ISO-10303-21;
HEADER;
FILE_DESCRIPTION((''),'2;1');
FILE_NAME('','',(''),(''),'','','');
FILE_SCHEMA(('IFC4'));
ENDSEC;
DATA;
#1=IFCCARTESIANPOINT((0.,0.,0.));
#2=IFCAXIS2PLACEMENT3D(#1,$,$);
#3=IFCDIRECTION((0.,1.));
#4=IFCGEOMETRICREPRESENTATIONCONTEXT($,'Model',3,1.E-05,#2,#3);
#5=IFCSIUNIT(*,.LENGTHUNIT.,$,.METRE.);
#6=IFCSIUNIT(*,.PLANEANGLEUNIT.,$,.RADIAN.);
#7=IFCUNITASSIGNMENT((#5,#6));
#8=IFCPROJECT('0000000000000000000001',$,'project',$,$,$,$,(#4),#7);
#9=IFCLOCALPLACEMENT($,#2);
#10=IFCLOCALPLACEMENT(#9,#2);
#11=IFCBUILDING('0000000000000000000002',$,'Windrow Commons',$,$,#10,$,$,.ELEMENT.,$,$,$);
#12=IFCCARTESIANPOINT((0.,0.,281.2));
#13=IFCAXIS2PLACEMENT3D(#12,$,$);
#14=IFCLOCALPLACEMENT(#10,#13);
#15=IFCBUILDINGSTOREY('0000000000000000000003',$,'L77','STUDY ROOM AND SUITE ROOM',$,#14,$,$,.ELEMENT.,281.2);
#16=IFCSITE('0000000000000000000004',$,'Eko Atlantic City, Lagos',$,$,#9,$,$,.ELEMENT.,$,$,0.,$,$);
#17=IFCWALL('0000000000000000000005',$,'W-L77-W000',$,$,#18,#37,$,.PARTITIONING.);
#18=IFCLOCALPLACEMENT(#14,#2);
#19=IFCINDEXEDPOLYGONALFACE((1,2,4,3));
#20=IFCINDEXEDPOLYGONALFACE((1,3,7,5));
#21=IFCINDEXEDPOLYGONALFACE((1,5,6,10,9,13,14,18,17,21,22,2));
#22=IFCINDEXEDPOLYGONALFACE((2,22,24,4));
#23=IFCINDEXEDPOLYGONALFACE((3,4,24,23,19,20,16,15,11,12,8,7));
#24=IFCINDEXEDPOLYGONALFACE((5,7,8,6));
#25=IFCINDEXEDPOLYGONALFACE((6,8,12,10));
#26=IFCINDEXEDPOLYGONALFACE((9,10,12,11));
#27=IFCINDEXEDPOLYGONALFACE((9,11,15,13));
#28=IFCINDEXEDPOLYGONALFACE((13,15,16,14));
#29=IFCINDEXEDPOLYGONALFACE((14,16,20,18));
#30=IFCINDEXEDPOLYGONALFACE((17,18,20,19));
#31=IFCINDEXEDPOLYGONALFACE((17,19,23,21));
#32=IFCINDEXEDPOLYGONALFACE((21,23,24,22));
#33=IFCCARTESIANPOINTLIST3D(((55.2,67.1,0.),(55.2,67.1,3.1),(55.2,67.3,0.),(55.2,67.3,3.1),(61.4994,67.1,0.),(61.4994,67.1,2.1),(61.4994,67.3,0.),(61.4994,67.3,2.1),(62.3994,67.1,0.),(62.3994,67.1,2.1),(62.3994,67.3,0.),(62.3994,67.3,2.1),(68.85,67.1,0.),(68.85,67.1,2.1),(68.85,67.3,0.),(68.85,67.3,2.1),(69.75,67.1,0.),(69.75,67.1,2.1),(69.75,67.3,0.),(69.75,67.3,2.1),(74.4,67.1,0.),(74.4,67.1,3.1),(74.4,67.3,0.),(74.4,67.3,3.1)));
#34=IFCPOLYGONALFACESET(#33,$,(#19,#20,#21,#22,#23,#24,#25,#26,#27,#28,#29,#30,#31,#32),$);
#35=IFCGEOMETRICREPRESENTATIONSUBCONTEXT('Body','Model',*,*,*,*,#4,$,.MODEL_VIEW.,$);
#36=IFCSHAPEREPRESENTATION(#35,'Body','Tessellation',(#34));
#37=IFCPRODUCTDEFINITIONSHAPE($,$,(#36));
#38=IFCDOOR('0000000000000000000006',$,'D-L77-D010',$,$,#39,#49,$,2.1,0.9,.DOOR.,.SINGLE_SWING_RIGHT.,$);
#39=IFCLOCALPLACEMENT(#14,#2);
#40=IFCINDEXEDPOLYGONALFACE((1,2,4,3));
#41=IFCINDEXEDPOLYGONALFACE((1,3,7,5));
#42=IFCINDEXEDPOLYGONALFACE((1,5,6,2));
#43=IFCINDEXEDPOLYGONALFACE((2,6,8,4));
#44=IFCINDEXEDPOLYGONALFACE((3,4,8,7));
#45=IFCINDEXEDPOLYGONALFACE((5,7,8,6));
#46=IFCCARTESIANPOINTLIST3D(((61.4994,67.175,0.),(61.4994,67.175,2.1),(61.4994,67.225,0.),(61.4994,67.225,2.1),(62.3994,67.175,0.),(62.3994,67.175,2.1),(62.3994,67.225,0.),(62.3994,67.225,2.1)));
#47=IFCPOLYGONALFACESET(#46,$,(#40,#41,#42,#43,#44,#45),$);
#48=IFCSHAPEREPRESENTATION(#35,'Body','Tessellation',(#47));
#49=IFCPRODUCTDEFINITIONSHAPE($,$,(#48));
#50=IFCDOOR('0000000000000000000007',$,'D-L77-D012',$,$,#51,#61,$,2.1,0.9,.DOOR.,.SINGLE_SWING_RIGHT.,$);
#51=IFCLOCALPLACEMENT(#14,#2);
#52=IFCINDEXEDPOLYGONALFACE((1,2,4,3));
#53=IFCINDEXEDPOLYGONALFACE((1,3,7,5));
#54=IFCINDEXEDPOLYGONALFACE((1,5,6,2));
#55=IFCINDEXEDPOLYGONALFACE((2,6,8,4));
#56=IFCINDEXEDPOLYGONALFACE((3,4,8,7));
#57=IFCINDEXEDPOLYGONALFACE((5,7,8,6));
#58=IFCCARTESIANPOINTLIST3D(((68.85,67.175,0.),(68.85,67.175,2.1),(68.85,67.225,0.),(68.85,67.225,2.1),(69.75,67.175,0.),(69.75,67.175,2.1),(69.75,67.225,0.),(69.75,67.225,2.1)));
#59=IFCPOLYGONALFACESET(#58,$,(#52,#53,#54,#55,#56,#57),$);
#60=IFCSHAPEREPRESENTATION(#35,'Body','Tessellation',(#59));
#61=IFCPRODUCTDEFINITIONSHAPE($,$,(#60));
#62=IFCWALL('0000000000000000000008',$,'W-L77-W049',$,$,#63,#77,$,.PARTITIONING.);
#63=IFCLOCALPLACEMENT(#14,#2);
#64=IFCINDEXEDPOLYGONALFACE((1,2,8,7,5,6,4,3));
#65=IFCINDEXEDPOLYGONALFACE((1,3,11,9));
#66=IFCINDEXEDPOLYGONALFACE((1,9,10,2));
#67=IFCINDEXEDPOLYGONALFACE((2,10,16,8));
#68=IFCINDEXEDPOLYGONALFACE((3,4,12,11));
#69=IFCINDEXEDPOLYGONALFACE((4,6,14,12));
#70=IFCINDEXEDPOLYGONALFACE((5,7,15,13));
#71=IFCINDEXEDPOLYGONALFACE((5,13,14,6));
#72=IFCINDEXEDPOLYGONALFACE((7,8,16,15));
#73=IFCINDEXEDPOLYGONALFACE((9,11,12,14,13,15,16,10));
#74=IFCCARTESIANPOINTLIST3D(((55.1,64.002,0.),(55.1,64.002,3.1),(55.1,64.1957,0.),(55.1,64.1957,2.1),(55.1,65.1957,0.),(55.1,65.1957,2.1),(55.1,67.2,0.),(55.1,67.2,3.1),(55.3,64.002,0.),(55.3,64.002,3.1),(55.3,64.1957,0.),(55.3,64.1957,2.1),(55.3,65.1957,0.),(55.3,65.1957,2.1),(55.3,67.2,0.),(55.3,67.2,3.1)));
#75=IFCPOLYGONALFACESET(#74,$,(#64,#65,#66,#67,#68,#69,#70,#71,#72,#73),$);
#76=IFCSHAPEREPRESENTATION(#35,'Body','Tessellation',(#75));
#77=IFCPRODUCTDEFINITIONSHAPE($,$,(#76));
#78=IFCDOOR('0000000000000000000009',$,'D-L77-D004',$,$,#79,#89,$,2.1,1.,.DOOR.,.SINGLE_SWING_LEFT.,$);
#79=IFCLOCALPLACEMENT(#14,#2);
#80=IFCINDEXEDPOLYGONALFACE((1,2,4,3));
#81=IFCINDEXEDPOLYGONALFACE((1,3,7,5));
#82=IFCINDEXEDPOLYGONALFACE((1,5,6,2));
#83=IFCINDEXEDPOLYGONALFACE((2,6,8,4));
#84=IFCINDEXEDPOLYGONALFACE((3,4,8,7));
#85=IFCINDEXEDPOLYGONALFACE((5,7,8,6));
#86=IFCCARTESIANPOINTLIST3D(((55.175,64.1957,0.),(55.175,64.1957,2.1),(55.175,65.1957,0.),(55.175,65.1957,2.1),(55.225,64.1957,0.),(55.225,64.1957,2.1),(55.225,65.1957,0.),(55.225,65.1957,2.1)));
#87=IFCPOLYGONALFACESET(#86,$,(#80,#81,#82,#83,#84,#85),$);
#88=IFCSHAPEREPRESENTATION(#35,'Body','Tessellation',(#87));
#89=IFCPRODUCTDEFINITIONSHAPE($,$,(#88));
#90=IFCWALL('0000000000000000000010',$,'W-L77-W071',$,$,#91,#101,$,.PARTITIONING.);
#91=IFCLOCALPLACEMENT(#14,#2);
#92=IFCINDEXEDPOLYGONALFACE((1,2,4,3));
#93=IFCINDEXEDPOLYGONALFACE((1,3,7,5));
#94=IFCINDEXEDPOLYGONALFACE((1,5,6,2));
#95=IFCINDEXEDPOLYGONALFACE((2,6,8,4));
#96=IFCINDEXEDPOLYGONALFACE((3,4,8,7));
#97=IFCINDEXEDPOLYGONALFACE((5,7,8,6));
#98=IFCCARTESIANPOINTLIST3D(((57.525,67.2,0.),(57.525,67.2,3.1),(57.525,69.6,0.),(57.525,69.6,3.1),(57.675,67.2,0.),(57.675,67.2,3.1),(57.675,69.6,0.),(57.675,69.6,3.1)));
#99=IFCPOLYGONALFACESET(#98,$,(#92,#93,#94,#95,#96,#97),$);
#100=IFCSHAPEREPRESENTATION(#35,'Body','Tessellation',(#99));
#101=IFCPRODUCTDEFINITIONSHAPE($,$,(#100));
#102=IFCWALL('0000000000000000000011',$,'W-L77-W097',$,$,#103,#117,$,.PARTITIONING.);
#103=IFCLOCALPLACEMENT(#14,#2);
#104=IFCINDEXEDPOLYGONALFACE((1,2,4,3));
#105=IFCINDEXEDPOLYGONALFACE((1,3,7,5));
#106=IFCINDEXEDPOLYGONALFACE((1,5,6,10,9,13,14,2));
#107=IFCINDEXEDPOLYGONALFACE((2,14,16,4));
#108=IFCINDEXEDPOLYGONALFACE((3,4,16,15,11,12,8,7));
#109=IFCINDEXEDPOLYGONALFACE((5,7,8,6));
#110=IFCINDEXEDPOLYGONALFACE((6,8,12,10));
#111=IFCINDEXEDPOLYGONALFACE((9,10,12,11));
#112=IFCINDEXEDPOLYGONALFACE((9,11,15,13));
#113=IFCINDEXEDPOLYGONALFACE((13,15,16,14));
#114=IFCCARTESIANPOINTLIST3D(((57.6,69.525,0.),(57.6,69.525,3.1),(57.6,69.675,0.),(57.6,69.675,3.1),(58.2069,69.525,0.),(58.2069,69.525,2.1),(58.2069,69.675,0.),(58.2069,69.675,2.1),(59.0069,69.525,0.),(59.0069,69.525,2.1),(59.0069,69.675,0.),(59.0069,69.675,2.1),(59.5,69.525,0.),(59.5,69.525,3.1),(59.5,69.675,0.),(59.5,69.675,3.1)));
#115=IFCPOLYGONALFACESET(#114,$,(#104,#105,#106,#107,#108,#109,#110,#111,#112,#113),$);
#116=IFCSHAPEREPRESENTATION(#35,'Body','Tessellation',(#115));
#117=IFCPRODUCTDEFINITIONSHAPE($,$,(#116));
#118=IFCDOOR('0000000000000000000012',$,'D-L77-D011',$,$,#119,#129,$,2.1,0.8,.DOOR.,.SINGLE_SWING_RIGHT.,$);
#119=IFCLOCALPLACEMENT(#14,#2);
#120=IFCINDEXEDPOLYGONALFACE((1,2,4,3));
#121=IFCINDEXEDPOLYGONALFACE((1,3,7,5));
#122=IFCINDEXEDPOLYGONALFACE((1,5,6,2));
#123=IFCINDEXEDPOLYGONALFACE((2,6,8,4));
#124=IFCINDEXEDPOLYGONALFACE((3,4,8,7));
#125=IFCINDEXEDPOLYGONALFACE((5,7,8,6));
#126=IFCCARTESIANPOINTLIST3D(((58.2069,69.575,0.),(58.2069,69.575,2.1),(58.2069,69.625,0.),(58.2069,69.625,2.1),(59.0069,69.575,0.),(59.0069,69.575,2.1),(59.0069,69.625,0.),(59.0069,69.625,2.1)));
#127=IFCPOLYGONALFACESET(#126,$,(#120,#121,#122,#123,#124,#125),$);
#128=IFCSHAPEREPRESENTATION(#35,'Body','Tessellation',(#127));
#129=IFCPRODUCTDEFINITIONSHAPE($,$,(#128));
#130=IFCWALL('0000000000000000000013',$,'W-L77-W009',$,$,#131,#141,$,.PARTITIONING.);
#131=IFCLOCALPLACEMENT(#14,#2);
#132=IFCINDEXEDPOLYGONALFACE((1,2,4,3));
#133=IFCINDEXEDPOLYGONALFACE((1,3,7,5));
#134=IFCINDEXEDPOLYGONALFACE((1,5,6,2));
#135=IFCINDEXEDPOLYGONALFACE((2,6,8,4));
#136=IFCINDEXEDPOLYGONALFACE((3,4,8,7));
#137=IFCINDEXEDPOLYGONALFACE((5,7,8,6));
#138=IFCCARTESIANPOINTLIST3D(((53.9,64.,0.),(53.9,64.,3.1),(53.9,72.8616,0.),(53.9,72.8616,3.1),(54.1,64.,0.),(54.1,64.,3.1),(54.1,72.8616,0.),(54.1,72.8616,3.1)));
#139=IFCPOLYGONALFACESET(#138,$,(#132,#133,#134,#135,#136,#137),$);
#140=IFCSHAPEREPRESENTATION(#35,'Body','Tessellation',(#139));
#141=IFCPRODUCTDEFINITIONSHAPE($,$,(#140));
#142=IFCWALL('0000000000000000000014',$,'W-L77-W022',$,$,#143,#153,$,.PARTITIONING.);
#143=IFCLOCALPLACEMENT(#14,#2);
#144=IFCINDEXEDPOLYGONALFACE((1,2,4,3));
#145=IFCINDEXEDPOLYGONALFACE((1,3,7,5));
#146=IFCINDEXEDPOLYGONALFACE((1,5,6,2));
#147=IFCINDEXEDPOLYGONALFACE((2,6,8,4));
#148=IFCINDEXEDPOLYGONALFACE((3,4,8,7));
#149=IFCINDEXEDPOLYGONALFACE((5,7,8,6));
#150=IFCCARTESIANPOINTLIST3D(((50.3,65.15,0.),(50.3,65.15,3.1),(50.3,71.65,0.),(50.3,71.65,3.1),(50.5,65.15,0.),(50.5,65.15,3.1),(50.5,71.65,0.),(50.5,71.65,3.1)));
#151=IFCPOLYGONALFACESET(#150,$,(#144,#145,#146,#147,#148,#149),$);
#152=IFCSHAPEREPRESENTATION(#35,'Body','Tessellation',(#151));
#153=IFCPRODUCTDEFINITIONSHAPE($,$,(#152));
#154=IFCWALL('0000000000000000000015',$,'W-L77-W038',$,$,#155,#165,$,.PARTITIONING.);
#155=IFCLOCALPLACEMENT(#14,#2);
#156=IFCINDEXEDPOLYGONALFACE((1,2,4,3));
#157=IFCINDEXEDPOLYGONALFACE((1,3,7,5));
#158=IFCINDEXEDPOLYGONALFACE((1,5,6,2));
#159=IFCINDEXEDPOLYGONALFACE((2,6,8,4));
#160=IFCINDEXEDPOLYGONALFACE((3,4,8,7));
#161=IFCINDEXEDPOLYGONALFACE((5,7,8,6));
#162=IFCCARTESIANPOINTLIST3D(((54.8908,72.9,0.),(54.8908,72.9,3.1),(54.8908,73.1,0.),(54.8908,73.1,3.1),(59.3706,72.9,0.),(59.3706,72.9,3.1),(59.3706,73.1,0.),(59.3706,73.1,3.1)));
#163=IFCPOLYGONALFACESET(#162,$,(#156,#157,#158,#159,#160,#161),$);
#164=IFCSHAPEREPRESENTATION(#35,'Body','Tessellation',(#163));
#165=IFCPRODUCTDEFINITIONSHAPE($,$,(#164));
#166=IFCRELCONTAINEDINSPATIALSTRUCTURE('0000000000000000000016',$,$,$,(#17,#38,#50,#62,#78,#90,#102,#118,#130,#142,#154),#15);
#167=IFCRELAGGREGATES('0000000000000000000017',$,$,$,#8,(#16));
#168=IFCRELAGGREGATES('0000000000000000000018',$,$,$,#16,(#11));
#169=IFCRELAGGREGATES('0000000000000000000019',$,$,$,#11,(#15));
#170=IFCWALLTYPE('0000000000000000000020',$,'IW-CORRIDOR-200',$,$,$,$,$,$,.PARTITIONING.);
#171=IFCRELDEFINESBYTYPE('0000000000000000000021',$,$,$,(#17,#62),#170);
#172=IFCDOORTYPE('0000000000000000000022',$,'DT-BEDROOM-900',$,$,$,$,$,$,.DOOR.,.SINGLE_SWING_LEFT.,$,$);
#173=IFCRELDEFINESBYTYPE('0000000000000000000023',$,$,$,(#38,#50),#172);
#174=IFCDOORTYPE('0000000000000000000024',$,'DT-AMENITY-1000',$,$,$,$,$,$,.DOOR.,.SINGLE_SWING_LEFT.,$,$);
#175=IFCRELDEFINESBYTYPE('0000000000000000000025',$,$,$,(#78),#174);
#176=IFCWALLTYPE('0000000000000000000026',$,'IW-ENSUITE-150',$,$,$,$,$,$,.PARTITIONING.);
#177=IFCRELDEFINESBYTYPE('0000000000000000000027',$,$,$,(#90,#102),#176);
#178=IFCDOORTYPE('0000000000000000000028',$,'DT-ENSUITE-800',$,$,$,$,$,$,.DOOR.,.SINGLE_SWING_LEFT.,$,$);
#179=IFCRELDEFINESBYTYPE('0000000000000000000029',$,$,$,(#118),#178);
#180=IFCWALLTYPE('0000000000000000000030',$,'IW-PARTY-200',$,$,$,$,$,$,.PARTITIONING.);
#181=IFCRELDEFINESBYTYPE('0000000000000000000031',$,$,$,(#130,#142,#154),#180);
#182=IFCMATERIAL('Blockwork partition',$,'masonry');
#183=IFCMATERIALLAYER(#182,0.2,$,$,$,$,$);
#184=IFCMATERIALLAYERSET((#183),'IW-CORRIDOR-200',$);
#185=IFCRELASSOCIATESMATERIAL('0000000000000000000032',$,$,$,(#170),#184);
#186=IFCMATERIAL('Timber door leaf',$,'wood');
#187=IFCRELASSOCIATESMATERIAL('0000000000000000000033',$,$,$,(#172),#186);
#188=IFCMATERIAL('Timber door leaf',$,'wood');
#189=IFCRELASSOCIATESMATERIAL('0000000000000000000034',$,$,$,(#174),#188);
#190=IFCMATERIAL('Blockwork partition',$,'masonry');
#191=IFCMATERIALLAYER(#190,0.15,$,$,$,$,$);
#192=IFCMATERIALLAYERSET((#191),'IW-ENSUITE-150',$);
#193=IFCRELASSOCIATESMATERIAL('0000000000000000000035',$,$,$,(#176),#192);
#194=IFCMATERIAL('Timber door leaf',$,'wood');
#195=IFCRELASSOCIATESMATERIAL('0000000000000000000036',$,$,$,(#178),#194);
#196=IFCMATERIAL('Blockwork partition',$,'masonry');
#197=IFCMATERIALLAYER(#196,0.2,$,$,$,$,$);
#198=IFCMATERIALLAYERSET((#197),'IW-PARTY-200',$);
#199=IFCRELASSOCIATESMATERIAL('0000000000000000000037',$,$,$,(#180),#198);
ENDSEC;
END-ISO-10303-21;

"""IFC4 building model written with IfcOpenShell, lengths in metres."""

from ifc_helpers import new_model, si_unit, direction, frame, frame_2d, origin, place, context, subcontext, project, spatial, rectangle, extrude, material, layer, layer_set, type_object, element, fill, save


model = new_model("IFC4")

# Units and contexts
model_context = context("Model", 3, precision=1e-05, world=origin(), true_north=direction((0.0, 1.0)))
body_context = subcontext(model_context, "Body", "Model", "MODEL_VIEW")
ifc_project = project(units=[si_unit("LENGTHUNIT", "METRE"), si_unit("PLANEANGLEUNIT", "RADIAN")], contexts=[model_context])

# Site, building, storey
site_placement = place(None, origin())
site = spatial("IfcSite", under=ifc_project, at=site_placement, Name="Eko Atlantic City, Lagos", CompositionType="ELEMENT", RefElevation=0.0)
building_placement = place(site_placement, origin())
building = spatial("IfcBuilding", under=site, at=building_placement, Name="Windrow Commons", CompositionType="ELEMENT")
storey_placement = place(building_placement, frame((0.0, 0.0, 281.2)))
storey = spatial("IfcBuildingStorey", under=building, at=storey_placement, Name="L77", Description="STUDY ROOM AND SUITE ROOM", CompositionType="ELEMENT", Elevation=281.2)

# Wall, openings, doors
ifc_material_1 = material(Name="Blockwork partition", Category="masonry")
ifc_layer_1 = layer(ifc_material_1, 0.2)
ifc_layer_set_1 = layer_set([ifc_layer_1], Name="IW-CORRIDOR-200")
wall_type_1 = type_object("IfcWallType", Name="IW-CORRIDOR-200", PredefinedType="PARTITIONING", material=ifc_layer_set_1)
wall_1_placement = place(storey_placement, frame((55.2, 67.2, 0.0), z_axis=(0.0, 0.0, 1.0), x_axis=(1.0, 0.0, 0.0)))
wall_1 = element("IfcWall", 1, at=wall_1_placement, inside=storey, type_object=wall_type_1, Name="W-L77-W000", PredefinedType="PARTITIONING", context=body_context, shape_type="SweptSolid", body=[
    extrude(rectangle(XDim=19.2, YDim=0.2, at=frame_2d((9.6, 0.0))), origin(), (0.0, 0.0, 1.0), 3.1),
])
opening_1_placement = place(wall_1_placement, frame((6.2994, 0.0, 0.0)))
opening_1 = element("IfcOpeningElement", 2, at=opening_1_placement, cuts=wall_1, PredefinedType="OPENING", context=body_context, shape_type="SweptSolid", body=[
    extrude(rectangle(XDim=0.9, YDim=2.1, at=frame_2d((0.45, 1.05))), frame((0.0, 0.11, 0.0), z_axis=(0.0, -1.0, 0.0), x_axis=(1.0, 0.0, 0.0)), (0.0, 0.0, 1.0), 0.22),
])
opening_2_placement = place(wall_1_placement, frame((13.65, 0.0, 0.0)))
opening_2 = element("IfcOpeningElement", 3, at=opening_2_placement, cuts=wall_1, PredefinedType="OPENING", context=body_context, shape_type="SweptSolid", body=[
    extrude(rectangle(XDim=0.9, YDim=2.1, at=frame_2d((0.45, 1.05))), frame((0.0, 0.11, 0.0), z_axis=(0.0, -1.0, 0.0), x_axis=(1.0, 0.0, 0.0)), (0.0, 0.0, 1.0), 0.22),
])
ifc_material_2 = material(Name="Timber door leaf", Category="wood")
door_type_1 = type_object("IfcDoorType", Name="DT-BEDROOM-900", OperationType="SINGLE_SWING_LEFT", PredefinedType="DOOR", material=ifc_material_2)
door_1_placement = place(opening_1_placement, origin())
door_1 = element("IfcDoor", 4, at=door_1_placement, inside=storey, type_object=door_type_1, Name="D-L77-D010", OperationType="SINGLE_SWING_RIGHT", OverallHeight=2.1, OverallWidth=0.9, PredefinedType="DOOR", context=body_context, shape_type="SweptSolid", body=[
    extrude(rectangle(XDim=0.9, YDim=2.1, at=frame_2d((0.45, 1.05))), frame((0.0, 0.025, 0.0), z_axis=(0.0, -1.0, 0.0), x_axis=(1.0, 0.0, 0.0)), (0.0, 0.0, 1.0), 0.05),
])
fill(opening_1, door_1)
door_2_placement = place(opening_2_placement, origin())
door_2 = element("IfcDoor", 5, at=door_2_placement, inside=storey, type_object=door_type_1, Name="D-L77-D012", OperationType="SINGLE_SWING_RIGHT", OverallHeight=2.1, OverallWidth=0.9, PredefinedType="DOOR", context=body_context, shape_type="SweptSolid", body=[
    extrude(rectangle(XDim=0.9, YDim=2.1, at=frame_2d((0.45, 1.05))), frame((0.0, 0.025, 0.0), z_axis=(0.0, -1.0, 0.0), x_axis=(1.0, 0.0, 0.0)), (0.0, 0.0, 1.0), 0.05),
])
fill(opening_2, door_2)

# Wall, opening, door
wall_2_placement = place(storey_placement, frame((55.2, 64.002, 0.0), z_axis=(0.0, 0.0, 1.0), x_axis=(0.0, 1.0, 0.0)))
wall_2 = element("IfcWall", 6, at=wall_2_placement, inside=storey, type_object=wall_type_1, Name="W-L77-W049", PredefinedType="PARTITIONING", context=body_context, shape_type="SweptSolid", body=[
    extrude(rectangle(XDim=3.198, YDim=0.2, at=frame_2d((1.599, 0.0))), origin(), (0.0, 0.0, 1.0), 3.1),
])
opening_3_placement = place(wall_2_placement, frame((0.1937, 0.0, 0.0)))
opening_3 = element("IfcOpeningElement", 7, at=opening_3_placement, cuts=wall_2, PredefinedType="OPENING", context=body_context, shape_type="SweptSolid", body=[
    extrude(rectangle(XDim=1.0, YDim=2.1, at=frame_2d((0.5, 1.05))), frame((0.0, 0.11, 0.0), z_axis=(0.0, -1.0, 0.0), x_axis=(1.0, 0.0, 0.0)), (0.0, 0.0, 1.0), 0.22),
])
ifc_material_3 = material(Name="Timber door leaf", Category="wood")
door_type_2 = type_object("IfcDoorType", Name="DT-AMENITY-1000", OperationType="SINGLE_SWING_LEFT", PredefinedType="DOOR", material=ifc_material_3)
door_3_placement = place(opening_3_placement, origin())
door_3 = element("IfcDoor", 8, at=door_3_placement, inside=storey, type_object=door_type_2, Name="D-L77-D004", OperationType="SINGLE_SWING_LEFT", OverallHeight=2.1, OverallWidth=1.0, PredefinedType="DOOR", context=body_context, shape_type="SweptSolid", body=[
    extrude(rectangle(XDim=1.0, YDim=2.1, at=frame_2d((0.5, 1.05))), frame((0.0, 0.025, 0.0), z_axis=(0.0, -1.0, 0.0), x_axis=(1.0, 0.0, 0.0)), (0.0, 0.0, 1.0), 0.05),
])
fill(opening_3, door_3)

# Wall
ifc_material_4 = material(Name="Blockwork partition", Category="masonry")
ifc_layer_2 = layer(ifc_material_4, 0.15)
ifc_layer_set_2 = layer_set([ifc_layer_2], Name="IW-ENSUITE-150")
wall_type_2 = type_object("IfcWallType", Name="IW-ENSUITE-150", PredefinedType="PARTITIONING", material=ifc_layer_set_2)
wall_3_placement = place(storey_placement, frame((57.6, 67.2, 0.0), z_axis=(0.0, 0.0, 1.0), x_axis=(0.0, 1.0, 0.0)))
element("IfcWall", 9, at=wall_3_placement, inside=storey, type_object=wall_type_2, Name="W-L77-W071", PredefinedType="PARTITIONING", context=body_context, shape_type="SweptSolid", body=[
    extrude(rectangle(XDim=2.4, YDim=0.15, at=frame_2d((1.2, 0.0))), origin(), (0.0, 0.0, 1.0), 3.1),
])

# Wall, opening, door
wall_4_placement = place(storey_placement, frame((57.6, 69.6, 0.0), z_axis=(0.0, 0.0, 1.0), x_axis=(1.0, 0.0, 0.0)))
wall_4 = element("IfcWall", 10, at=wall_4_placement, inside=storey, type_object=wall_type_2, Name="W-L77-W097", PredefinedType="PARTITIONING", context=body_context, shape_type="SweptSolid", body=[
    extrude(rectangle(XDim=1.9, YDim=0.15, at=frame_2d((0.95, 0.0))), origin(), (0.0, 0.0, 1.0), 3.1),
])
opening_4_placement = place(wall_4_placement, frame((0.6069, 0.0, 0.0)))
opening_4 = element("IfcOpeningElement", 11, at=opening_4_placement, cuts=wall_4, PredefinedType="OPENING", context=body_context, shape_type="SweptSolid", body=[
    extrude(rectangle(XDim=0.8, YDim=2.1, at=frame_2d((0.4, 1.05))), frame((0.0, 0.085, 0.0), z_axis=(0.0, -1.0, 0.0), x_axis=(1.0, 0.0, 0.0)), (0.0, 0.0, 1.0), 0.17),
])
ifc_material_5 = material(Name="Timber door leaf", Category="wood")
door_type_3 = type_object("IfcDoorType", Name="DT-ENSUITE-800", OperationType="SINGLE_SWING_LEFT", PredefinedType="DOOR", material=ifc_material_5)
door_4_placement = place(opening_4_placement, origin())
door_4 = element("IfcDoor", 12, at=door_4_placement, inside=storey, type_object=door_type_3, Name="D-L77-D011", OperationType="SINGLE_SWING_RIGHT", OverallHeight=2.1, OverallWidth=0.8, PredefinedType="DOOR", context=body_context, shape_type="SweptSolid", body=[
    extrude(rectangle(XDim=0.8, YDim=2.1, at=frame_2d((0.4, 1.05))), frame((0.0, 0.025, 0.0), z_axis=(0.0, -1.0, 0.0), x_axis=(1.0, 0.0, 0.0)), (0.0, 0.0, 1.0), 0.05),
])
fill(opening_4, door_4)

# Walls
ifc_material_6 = material(Name="Blockwork partition", Category="masonry")
ifc_layer_3 = layer(ifc_material_6, 0.2)
ifc_layer_set_3 = layer_set([ifc_layer_3], Name="IW-PARTY-200")
wall_type_3 = type_object("IfcWallType", Name="IW-PARTY-200", PredefinedType="PARTITIONING", material=ifc_layer_set_3)
wall_5_placement = place(storey_placement, frame((54.0, 64.0, 0.0), z_axis=(0.0, 0.0, 1.0), x_axis=(0.0, 1.0, 0.0)))
element("IfcWall", 13, at=wall_5_placement, inside=storey, type_object=wall_type_3, Name="W-L77-W009", PredefinedType="PARTITIONING", context=body_context, shape_type="SweptSolid", body=[
    extrude(rectangle(XDim=8.8616, YDim=0.2, at=frame_2d((4.4308, 0.0))), origin(), (0.0, 0.0, 1.0), 3.1),
])
wall_6_placement = place(storey_placement, frame((50.4, 65.15, 0.0), z_axis=(0.0, 0.0, 1.0), x_axis=(0.0, 1.0, 0.0)))
element("IfcWall", 14, at=wall_6_placement, inside=storey, type_object=wall_type_3, Name="W-L77-W022", PredefinedType="PARTITIONING", context=body_context, shape_type="SweptSolid", body=[
    extrude(rectangle(XDim=6.5, YDim=0.2, at=frame_2d((3.25, 0.0))), origin(), (0.0, 0.0, 1.0), 3.1),
])
wall_7_placement = place(storey_placement, frame((54.8908, 73.0, 0.0), z_axis=(0.0, 0.0, 1.0), x_axis=(1.0, 0.0, 0.0)))
element("IfcWall", 15, at=wall_7_placement, inside=storey, type_object=wall_type_3, Name="W-L77-W038", PredefinedType="PARTITIONING", context=body_context, shape_type="SweptSolid", body=[
    extrude(rectangle(XDim=4.4799, YDim=0.2, at=frame_2d((2.2399, 0.0))), origin(), (0.0, 0.0, 1.0), 3.1),
])

save(model, "model.ifc")
